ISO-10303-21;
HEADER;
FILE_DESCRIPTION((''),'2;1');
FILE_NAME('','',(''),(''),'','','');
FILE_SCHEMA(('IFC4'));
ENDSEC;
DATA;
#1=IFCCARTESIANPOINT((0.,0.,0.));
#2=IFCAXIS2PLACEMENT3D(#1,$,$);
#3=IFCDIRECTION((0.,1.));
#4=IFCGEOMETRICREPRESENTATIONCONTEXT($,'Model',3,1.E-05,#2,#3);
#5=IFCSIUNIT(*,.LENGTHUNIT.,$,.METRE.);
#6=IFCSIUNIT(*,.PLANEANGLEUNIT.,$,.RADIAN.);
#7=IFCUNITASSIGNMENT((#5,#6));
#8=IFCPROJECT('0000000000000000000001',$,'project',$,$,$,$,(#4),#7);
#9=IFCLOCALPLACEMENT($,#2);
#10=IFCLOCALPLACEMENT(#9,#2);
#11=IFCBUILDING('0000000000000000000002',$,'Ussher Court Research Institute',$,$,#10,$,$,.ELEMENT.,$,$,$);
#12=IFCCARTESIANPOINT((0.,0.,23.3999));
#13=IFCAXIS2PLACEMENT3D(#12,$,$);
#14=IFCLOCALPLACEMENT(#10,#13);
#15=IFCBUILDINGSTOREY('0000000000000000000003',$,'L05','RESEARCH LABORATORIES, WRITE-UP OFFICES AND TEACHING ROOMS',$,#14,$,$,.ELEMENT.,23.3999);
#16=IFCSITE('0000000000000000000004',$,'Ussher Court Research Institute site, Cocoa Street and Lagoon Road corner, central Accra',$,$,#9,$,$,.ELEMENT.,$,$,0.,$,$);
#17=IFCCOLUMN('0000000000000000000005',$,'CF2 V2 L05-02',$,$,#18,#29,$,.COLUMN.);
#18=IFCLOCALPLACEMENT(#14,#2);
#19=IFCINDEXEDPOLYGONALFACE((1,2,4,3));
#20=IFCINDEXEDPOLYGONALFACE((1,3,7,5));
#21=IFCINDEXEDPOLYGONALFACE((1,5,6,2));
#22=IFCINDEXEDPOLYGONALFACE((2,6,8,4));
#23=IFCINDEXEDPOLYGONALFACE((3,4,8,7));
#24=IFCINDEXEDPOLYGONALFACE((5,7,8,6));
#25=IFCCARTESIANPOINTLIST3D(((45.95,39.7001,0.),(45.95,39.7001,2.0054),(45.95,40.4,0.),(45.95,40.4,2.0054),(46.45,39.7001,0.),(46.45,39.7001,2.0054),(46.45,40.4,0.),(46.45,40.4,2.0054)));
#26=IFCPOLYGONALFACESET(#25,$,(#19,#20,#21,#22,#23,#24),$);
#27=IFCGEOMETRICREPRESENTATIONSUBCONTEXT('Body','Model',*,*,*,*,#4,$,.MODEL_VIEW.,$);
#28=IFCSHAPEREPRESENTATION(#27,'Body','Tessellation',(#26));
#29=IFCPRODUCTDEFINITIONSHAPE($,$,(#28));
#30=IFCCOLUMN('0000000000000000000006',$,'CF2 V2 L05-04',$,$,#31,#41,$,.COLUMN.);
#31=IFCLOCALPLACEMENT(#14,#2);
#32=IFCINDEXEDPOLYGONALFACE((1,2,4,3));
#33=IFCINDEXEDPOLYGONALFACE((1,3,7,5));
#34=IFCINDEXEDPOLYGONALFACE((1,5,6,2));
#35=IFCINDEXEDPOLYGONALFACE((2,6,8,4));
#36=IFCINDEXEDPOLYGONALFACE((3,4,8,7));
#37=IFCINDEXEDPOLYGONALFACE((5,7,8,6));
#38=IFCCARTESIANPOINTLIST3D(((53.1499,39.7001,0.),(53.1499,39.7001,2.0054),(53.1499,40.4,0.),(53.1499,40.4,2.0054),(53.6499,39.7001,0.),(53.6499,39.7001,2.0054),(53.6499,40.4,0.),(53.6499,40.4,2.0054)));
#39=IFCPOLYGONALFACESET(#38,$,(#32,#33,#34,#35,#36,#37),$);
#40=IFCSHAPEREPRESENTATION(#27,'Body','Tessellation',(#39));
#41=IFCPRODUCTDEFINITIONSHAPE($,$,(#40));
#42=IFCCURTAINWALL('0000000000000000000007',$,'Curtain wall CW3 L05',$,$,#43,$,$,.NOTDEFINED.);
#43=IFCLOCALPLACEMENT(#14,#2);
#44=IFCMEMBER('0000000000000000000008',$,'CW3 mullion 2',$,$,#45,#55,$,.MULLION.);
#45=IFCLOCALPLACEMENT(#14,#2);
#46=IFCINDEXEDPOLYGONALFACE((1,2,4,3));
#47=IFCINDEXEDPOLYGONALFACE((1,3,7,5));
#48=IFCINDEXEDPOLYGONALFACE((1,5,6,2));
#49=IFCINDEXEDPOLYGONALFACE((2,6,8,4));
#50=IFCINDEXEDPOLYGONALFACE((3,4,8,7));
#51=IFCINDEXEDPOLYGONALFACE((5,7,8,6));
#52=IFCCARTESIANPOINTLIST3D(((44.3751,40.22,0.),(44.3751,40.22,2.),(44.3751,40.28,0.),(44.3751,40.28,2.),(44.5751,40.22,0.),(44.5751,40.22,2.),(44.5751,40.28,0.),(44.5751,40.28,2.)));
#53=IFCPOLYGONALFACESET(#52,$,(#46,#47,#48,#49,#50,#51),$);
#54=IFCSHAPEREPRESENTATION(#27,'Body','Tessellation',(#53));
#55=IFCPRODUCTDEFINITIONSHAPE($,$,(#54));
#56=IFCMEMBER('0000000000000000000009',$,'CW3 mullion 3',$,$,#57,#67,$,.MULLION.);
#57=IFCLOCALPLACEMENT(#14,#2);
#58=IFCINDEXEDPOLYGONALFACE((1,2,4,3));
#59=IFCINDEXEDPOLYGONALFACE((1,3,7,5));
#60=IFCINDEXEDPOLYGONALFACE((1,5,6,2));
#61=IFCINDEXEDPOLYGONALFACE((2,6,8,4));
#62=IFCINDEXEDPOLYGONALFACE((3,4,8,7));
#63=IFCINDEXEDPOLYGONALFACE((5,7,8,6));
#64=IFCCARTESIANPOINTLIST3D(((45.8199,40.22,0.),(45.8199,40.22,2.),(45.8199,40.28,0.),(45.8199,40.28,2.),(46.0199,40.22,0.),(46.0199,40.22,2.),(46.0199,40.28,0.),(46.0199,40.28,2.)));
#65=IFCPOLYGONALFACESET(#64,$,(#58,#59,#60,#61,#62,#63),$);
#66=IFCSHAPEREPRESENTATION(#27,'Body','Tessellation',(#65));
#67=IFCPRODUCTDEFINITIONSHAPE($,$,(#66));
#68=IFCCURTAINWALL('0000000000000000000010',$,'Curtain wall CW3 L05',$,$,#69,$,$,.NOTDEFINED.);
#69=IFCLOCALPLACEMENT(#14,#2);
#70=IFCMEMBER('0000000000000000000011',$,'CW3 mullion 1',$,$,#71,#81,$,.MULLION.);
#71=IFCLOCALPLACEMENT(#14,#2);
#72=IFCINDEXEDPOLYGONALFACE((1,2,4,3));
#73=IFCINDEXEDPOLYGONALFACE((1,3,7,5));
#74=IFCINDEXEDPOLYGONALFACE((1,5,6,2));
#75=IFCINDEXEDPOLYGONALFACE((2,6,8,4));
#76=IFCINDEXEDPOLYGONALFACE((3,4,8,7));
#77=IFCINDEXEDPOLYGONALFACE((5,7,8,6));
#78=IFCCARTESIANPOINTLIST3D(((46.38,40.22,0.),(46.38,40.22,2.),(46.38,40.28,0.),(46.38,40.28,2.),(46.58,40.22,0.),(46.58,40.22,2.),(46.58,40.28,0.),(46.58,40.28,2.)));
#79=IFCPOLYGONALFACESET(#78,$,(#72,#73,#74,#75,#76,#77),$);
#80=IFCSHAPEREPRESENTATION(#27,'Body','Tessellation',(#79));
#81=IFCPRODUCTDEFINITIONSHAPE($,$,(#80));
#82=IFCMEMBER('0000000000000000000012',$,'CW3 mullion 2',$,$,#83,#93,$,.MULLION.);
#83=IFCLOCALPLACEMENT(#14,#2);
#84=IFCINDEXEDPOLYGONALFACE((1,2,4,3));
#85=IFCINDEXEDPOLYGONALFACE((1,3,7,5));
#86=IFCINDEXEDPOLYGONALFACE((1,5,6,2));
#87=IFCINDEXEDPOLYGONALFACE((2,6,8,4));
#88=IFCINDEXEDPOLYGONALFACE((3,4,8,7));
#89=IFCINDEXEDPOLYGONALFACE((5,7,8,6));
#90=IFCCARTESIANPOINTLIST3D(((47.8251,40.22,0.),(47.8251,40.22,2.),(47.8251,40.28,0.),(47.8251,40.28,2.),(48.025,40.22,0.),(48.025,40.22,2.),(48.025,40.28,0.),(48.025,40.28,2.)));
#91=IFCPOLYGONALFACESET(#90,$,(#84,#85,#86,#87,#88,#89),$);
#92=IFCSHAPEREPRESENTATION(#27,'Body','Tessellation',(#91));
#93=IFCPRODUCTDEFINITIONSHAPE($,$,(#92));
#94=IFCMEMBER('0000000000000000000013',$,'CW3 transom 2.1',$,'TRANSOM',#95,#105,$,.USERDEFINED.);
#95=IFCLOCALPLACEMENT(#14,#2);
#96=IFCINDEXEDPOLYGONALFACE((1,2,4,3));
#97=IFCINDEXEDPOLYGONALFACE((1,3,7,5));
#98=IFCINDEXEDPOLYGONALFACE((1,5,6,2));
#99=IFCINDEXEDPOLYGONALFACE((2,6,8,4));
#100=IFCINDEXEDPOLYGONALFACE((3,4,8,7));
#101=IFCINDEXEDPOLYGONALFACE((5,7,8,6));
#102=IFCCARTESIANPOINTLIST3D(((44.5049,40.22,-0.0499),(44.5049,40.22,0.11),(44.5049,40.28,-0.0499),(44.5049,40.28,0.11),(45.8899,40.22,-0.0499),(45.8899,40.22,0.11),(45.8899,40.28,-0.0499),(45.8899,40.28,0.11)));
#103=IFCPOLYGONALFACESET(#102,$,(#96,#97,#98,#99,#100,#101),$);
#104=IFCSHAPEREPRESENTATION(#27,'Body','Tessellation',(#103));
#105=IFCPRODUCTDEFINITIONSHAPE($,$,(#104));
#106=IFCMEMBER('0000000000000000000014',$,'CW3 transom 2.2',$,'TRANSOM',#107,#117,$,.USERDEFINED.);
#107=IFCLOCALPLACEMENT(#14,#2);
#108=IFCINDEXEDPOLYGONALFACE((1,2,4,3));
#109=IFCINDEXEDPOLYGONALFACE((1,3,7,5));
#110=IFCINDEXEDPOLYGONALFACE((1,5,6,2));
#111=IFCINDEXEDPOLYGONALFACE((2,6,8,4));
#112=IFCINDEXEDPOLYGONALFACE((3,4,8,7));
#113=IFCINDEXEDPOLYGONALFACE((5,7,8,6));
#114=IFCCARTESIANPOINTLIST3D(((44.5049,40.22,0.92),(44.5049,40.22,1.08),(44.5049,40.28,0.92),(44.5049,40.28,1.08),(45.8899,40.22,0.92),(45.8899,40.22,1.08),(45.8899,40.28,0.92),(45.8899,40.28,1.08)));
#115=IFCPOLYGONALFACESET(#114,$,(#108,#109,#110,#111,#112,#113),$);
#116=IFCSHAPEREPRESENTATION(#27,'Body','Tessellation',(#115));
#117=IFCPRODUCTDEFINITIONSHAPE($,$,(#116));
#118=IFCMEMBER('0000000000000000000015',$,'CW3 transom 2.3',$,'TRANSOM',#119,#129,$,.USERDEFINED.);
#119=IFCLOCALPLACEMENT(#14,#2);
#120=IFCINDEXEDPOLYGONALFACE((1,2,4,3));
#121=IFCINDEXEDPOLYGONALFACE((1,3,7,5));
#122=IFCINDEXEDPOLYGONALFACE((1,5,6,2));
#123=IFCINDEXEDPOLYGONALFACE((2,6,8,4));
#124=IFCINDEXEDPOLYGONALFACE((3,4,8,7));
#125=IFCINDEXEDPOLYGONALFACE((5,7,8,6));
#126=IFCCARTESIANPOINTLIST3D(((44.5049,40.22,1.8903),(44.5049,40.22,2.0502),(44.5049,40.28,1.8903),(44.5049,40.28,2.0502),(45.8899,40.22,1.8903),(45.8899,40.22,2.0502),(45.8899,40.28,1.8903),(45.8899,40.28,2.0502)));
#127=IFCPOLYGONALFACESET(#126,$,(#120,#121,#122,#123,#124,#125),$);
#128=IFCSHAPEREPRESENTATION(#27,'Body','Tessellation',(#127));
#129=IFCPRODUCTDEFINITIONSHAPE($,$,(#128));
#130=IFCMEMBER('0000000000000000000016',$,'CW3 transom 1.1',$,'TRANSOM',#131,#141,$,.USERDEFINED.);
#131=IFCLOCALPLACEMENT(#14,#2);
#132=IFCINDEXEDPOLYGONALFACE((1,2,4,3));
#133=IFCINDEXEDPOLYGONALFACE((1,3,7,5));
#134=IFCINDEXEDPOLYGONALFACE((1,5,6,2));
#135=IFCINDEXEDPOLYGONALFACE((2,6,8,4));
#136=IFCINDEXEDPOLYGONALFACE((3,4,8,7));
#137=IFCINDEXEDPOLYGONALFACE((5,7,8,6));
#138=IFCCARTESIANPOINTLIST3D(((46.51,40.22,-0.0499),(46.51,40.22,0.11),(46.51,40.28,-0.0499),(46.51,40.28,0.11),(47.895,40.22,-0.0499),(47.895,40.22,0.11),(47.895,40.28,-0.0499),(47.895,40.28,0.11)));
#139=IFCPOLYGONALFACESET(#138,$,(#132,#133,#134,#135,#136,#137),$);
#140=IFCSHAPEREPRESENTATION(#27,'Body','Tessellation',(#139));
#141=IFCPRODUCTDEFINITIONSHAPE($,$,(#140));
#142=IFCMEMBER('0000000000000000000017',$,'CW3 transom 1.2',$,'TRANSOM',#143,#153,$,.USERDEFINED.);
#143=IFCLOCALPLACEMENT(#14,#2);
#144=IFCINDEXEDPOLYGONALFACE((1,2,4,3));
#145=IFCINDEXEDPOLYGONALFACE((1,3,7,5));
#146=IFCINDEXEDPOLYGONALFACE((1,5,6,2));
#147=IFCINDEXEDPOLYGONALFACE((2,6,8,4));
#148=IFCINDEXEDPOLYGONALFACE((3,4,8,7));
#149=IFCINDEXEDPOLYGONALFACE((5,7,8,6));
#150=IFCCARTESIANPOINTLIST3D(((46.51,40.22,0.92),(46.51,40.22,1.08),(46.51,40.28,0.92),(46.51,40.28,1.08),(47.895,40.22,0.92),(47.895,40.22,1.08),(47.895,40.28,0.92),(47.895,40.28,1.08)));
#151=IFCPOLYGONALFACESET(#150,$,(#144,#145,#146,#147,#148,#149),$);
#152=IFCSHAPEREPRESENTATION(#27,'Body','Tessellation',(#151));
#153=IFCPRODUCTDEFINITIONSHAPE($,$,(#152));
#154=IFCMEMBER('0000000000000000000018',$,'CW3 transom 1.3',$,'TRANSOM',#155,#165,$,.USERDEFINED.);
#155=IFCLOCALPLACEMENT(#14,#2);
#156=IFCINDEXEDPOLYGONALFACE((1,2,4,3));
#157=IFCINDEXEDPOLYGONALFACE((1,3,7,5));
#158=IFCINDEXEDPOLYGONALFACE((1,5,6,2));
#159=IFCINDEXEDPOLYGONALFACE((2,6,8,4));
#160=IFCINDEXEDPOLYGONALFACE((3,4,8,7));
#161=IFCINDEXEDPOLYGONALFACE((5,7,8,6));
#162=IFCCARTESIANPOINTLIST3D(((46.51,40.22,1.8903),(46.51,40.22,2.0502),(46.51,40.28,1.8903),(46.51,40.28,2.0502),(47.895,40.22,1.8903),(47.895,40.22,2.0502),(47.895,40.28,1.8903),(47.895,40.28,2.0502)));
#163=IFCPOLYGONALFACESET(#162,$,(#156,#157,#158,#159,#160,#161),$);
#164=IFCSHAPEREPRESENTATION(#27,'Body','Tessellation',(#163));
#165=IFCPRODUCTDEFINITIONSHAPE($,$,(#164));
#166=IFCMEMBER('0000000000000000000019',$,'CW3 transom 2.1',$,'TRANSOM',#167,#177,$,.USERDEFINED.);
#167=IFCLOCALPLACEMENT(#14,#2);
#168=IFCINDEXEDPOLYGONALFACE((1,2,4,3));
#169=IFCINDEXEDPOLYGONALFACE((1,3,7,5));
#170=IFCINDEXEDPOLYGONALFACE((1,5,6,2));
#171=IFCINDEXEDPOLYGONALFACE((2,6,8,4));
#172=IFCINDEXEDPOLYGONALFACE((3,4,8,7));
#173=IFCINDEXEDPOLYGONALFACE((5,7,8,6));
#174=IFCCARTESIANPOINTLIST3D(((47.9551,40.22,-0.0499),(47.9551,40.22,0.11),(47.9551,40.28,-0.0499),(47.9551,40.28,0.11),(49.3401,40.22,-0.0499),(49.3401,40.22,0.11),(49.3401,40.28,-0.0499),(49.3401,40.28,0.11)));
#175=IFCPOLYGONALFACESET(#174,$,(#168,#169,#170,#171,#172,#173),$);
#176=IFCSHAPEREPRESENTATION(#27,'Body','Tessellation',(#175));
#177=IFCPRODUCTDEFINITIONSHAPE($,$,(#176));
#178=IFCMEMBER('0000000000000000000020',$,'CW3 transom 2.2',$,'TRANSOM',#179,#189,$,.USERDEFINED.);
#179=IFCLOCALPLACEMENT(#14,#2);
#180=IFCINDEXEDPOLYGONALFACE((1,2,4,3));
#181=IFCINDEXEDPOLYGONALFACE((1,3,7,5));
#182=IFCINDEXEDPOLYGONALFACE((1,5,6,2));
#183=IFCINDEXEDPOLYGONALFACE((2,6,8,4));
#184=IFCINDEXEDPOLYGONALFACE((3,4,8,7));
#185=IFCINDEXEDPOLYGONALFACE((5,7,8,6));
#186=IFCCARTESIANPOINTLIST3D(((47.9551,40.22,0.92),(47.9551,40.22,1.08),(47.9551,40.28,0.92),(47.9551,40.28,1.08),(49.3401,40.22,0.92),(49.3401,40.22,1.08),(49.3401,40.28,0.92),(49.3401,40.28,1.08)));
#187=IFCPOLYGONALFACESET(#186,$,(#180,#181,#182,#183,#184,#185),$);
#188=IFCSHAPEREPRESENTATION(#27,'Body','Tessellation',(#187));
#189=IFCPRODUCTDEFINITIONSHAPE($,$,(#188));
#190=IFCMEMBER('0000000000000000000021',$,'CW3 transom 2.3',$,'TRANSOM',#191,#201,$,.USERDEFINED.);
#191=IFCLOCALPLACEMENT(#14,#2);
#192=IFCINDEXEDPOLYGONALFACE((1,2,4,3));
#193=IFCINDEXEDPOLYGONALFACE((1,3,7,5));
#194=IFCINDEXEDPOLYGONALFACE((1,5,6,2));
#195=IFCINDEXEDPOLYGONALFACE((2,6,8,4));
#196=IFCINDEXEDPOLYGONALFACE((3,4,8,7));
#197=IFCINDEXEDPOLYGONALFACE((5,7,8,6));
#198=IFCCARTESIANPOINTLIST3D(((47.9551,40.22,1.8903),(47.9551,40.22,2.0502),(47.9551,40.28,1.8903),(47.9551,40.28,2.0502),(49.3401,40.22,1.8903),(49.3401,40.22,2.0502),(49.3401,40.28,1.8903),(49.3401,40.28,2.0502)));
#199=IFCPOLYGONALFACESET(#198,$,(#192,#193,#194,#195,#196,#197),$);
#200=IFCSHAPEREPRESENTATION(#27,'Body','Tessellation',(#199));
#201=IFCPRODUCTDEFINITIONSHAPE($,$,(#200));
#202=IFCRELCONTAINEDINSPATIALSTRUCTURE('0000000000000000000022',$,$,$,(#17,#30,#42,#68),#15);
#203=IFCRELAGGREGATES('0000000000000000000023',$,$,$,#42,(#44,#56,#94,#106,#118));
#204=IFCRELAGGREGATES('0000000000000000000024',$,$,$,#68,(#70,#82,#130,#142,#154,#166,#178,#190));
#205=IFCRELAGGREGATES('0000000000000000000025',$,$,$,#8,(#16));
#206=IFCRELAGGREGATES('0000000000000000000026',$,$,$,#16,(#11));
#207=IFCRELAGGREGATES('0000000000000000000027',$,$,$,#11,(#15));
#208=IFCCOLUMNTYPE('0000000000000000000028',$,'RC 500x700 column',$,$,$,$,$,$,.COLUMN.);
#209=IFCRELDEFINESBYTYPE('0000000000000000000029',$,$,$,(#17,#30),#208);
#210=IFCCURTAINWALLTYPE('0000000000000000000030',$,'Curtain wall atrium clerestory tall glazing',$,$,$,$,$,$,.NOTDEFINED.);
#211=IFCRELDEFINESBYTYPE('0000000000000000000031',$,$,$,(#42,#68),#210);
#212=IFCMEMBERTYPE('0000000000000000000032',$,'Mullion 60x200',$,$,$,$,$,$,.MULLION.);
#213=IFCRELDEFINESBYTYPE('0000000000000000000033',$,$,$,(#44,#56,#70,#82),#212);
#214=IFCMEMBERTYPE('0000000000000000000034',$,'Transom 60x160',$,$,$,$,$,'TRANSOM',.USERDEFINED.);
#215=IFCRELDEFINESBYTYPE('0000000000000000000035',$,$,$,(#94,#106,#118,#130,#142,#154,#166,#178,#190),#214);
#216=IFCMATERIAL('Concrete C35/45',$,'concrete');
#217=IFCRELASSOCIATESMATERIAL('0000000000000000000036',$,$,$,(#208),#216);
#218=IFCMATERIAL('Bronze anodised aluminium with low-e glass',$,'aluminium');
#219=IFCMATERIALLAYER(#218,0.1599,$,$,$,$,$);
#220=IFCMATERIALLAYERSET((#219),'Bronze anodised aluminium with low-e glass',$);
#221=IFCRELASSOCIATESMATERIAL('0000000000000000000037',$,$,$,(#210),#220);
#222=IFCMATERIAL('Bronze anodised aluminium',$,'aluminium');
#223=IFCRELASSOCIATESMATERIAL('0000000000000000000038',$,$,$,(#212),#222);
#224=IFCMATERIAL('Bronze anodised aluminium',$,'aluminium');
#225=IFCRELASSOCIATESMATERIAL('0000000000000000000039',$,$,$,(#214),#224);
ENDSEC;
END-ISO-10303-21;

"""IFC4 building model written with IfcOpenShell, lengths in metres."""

from ifc_helpers import new_model, si_unit, direction, frame, origin, origin_2d, place, context, subcontext, project, spatial, rectangle, extrude, material, layer, layer_set, material_profile, profile_set, type_object, element, aggregate, save


model = new_model("IFC4")

# Units and contexts
model_context = context("Model", 3, precision=1e-05, world=origin(), true_north=direction((0.0, 1.0)))
body_context = subcontext(model_context, "Body", "Model", "MODEL_VIEW")
ifc_project = project(units=[si_unit("LENGTHUNIT", "METRE"), si_unit("PLANEANGLEUNIT", "RADIAN")], contexts=[model_context])

# Site, building, storey
site_placement = place(None, origin())
site = spatial("IfcSite", under=ifc_project, at=site_placement, Name="Ussher Court Research Institute site, Cocoa Street and Lagoon Road corner, central Accra", CompositionType="ELEMENT", RefElevation=0.0)
building_placement = place(site_placement, origin())
building = spatial("IfcBuilding", under=site, at=building_placement, Name="Ussher Court Research Institute", CompositionType="ELEMENT")
storey_placement = place(building_placement, frame((0.0, 0.0, 23.3999)))
storey = spatial("IfcBuildingStorey", under=building, at=storey_placement, Name="L05", Description="RESEARCH LABORATORIES, WRITE-UP OFFICES AND TEACHING ROOMS", CompositionType="ELEMENT", Elevation=23.3999)

# Columns
ifc_material_1 = material(Name="Concrete C35/45", Category="concrete")
ifc_material_profile_1 = material_profile(ifc_material_1, rectangle(XDim=0.5, YDim=0.7, at=origin_2d()), Name="RC 500x700")
ifc_profile_set_1 = profile_set([ifc_material_profile_1], Name="Concrete C35/45")
column_type = type_object("IfcColumnType", Name="RC 500x700 column", PredefinedType="COLUMN", material=ifc_profile_set_1)
for number, where, z_axis, x_axis, name in (
    (1, (46.2, 40.05, 0.0), (0.0, 0.0, 1.0), (1.0, 0.0, 0.0), "CF2 V2 L05-02"),
    (2, (53.3999, 40.05, 0.0), (0.0, 0.0, 1.0), (1.0, 0.0, 0.0), "CF2 V2 L05-04"),
):
    element("IfcColumn", number, at=place(storey_placement, frame(where, z_axis=z_axis, x_axis=x_axis)), inside=storey, type_object=column_type, Name=name, PredefinedType="COLUMN", context=body_context, shape_type="SweptSolid", body=[
        extrude(rectangle(XDim=0.5, YDim=0.7, at=origin_2d()), origin(), (0.0, 0.0, 1.0), 2.0054),
    ])

# Curtain walls, members
ifc_material_2 = material(Name="Bronze anodised aluminium with low-e glass", Category="aluminium")
ifc_layer_1 = layer(ifc_material_2, 0.1599)
ifc_layer_set_1 = layer_set([ifc_layer_1], Name="Bronze anodised aluminium with low-e glass")
curtain_wall_type = type_object("IfcCurtainWallType", Name="Curtain wall atrium clerestory tall glazing", PredefinedType="NOTDEFINED", material=ifc_layer_set_1)
curtain_wall_1_placement = place(storey_placement, origin())
curtain_wall_1 = element("IfcCurtainWall", 3, at=curtain_wall_1_placement, inside=storey, type_object=curtain_wall_type, Name="Curtain wall CW3 L05", PredefinedType="NOTDEFINED")
ifc_material_3 = material(Name="Bronze anodised aluminium", Category="aluminium")
ifc_material_profile_2 = material_profile(ifc_material_3, rectangle(XDim=0.0601, YDim=0.2, at=origin_2d()), Name="Mullion 60x200")
ifc_profile_set_2 = profile_set([ifc_material_profile_2], Name="Bronze anodised aluminium")
member_type_1 = type_object("IfcMemberType", Name="Mullion 60x200", PredefinedType="MULLION", material=ifc_profile_set_2)
member_1_placement = place(storey_placement, frame((44.4751, 40.25, 0.0), z_axis=(0.0, 0.0, 1.0), x_axis=(0.0, 1.0, 0.0)))
member_1 = element("IfcMember", 4, at=member_1_placement, type_object=member_type_1, Name="CW3 mullion 2", PredefinedType="MULLION", context=body_context, shape_type="SweptSolid", body=[
    extrude(rectangle(XDim=0.0601, YDim=0.2, at=origin_2d()), origin(), (0.0, 0.0, 1.0), 2.0),
])
member_2_placement = place(storey_placement, frame((45.9199, 40.25, 0.0), z_axis=(0.0, 0.0, 1.0), x_axis=(0.0, 1.0, 0.0)))
member_2 = element("IfcMember", 5, at=member_2_placement, type_object=member_type_1, Name="CW3 mullion 3", PredefinedType="MULLION", context=body_context, shape_type="SweptSolid", body=[
    extrude(rectangle(XDim=0.0601, YDim=0.2, at=origin_2d()), origin(), (0.0, 0.0, 1.0), 2.0),
])
curtain_wall_2_placement = place(storey_placement, origin())
curtain_wall_2 = element("IfcCurtainWall", 6, at=curtain_wall_2_placement, inside=storey, type_object=curtain_wall_type, Name="Curtain wall CW3 L05", PredefinedType="NOTDEFINED")
member_3_placement = place(storey_placement, frame((46.48, 40.25, 0.0), z_axis=(0.0, 0.0, 1.0), x_axis=(0.0, 1.0, 0.0)))
member_3 = element("IfcMember", 7, at=member_3_placement, type_object=member_type_1, Name="CW3 mullion 1", PredefinedType="MULLION", context=body_context, shape_type="SweptSolid", body=[
    extrude(rectangle(XDim=0.0601, YDim=0.2, at=origin_2d()), origin(), (0.0, 0.0, 1.0), 2.0),
])
member_4_placement = place(storey_placement, frame((47.925, 40.25, 0.0), z_axis=(0.0, 0.0, 1.0), x_axis=(0.0, 1.0, 0.0)))
member_4 = element("IfcMember", 8, at=member_4_placement, type_object=member_type_1, Name="CW3 mullion 2", PredefinedType="MULLION", context=body_context, shape_type="SweptSolid", body=[
    extrude(rectangle(XDim=0.0601, YDim=0.2, at=origin_2d()), origin(), (0.0, 0.0, 1.0), 2.0),
])

# Members
ifc_material_4 = material(Name="Bronze anodised aluminium", Category="aluminium")
ifc_material_profile_3 = material_profile(ifc_material_4, rectangle(XDim=0.0601, YDim=0.1599, at=origin_2d()), Name="Transom 60x160")
ifc_profile_set_3 = profile_set([ifc_material_profile_3], Name="Bronze anodised aluminium")
member_type_2 = type_object("IfcMemberType", Name="Transom 60x160", ElementType="TRANSOM", PredefinedType="USERDEFINED", material=ifc_profile_set_3)
member_5_placement = place(storey_placement, frame((44.5049, 40.25, 0.03), z_axis=(1.0, 0.0, 0.0), x_axis=(0.0, 1.0, 0.0)))
member_5 = element("IfcMember", 9, at=member_5_placement, type_object=member_type_2, Name="CW3 transom 2.1", ObjectType="TRANSOM", PredefinedType="USERDEFINED", context=body_context, shape_type="SweptSolid", body=[
    extrude(rectangle(XDim=0.0601, YDim=0.1599, at=origin_2d()), origin(), (0.0, 0.0, 1.0), 1.385),
])
member_6_placement = place(storey_placement, frame((44.5049, 40.25, 1.0), z_axis=(1.0, 0.0, 0.0), x_axis=(0.0, 1.0, 0.0)))
member_6 = element("IfcMember", 10, at=member_6_placement, type_object=member_type_2, Name="CW3 transom 2.2", ObjectType="TRANSOM", PredefinedType="USERDEFINED", context=body_context, shape_type="SweptSolid", body=[
    extrude(rectangle(XDim=0.0601, YDim=0.1599, at=origin_2d()), origin(), (0.0, 0.0, 1.0), 1.385),
])
member_7_placement = place(storey_placement, frame((44.5049, 40.25, 1.9702), z_axis=(1.0, 0.0, 0.0), x_axis=(0.0, 1.0, 0.0)))
member_7 = element("IfcMember", 11, at=member_7_placement, type_object=member_type_2, Name="CW3 transom 2.3", ObjectType="TRANSOM", PredefinedType="USERDEFINED", context=body_context, shape_type="SweptSolid", body=[
    extrude(rectangle(XDim=0.0601, YDim=0.1599, at=origin_2d()), origin(), (0.0, 0.0, 1.0), 1.385),
])
member_8_placement = place(storey_placement, frame((46.51, 40.25, 0.03), z_axis=(1.0, 0.0, 0.0), x_axis=(0.0, 1.0, 0.0)))
member_8 = element("IfcMember", 12, at=member_8_placement, type_object=member_type_2, Name="CW3 transom 1.1", ObjectType="TRANSOM", PredefinedType="USERDEFINED", context=body_context, shape_type="SweptSolid", body=[
    extrude(rectangle(XDim=0.0601, YDim=0.1599, at=origin_2d()), origin(), (0.0, 0.0, 1.0), 1.385),
])
member_9_placement = place(storey_placement, frame((46.51, 40.25, 1.0), z_axis=(1.0, 0.0, 0.0), x_axis=(0.0, 1.0, 0.0)))
member_9 = element("IfcMember", 13, at=member_9_placement, type_object=member_type_2, Name="CW3 transom 1.2", ObjectType="TRANSOM", PredefinedType="USERDEFINED", context=body_context, shape_type="SweptSolid", body=[
    extrude(rectangle(XDim=0.0601, YDim=0.1599, at=origin_2d()), origin(), (0.0, 0.0, 1.0), 1.385),
])
member_10_placement = place(storey_placement, frame((46.51, 40.25, 1.9702), z_axis=(1.0, 0.0, 0.0), x_axis=(0.0, 1.0, 0.0)))
member_10 = element("IfcMember", 14, at=member_10_placement, type_object=member_type_2, Name="CW3 transom 1.3", ObjectType="TRANSOM", PredefinedType="USERDEFINED", context=body_context, shape_type="SweptSolid", body=[
    extrude(rectangle(XDim=0.0601, YDim=0.1599, at=origin_2d()), origin(), (0.0, 0.0, 1.0), 1.385),
])
member_11_placement = place(storey_placement, frame((47.9551, 40.25, 0.03), z_axis=(1.0, 0.0, 0.0), x_axis=(0.0, 1.0, 0.0)))
member_11 = element("IfcMember", 15, at=member_11_placement, type_object=member_type_2, Name="CW3 transom 2.1", ObjectType="TRANSOM", PredefinedType="USERDEFINED", context=body_context, shape_type="SweptSolid", body=[
    extrude(rectangle(XDim=0.0601, YDim=0.1599, at=origin_2d()), origin(), (0.0, 0.0, 1.0), 1.385),
])
member_12_placement = place(storey_placement, frame((47.9551, 40.25, 1.0), z_axis=(1.0, 0.0, 0.0), x_axis=(0.0, 1.0, 0.0)))
member_12 = element("IfcMember", 16, at=member_12_placement, type_object=member_type_2, Name="CW3 transom 2.2", ObjectType="TRANSOM", PredefinedType="USERDEFINED", context=body_context, shape_type="SweptSolid", body=[
    extrude(rectangle(XDim=0.0601, YDim=0.1599, at=origin_2d()), origin(), (0.0, 0.0, 1.0), 1.385),
])
member_13_placement = place(storey_placement, frame((47.9551, 40.25, 1.9702), z_axis=(1.0, 0.0, 0.0), x_axis=(0.0, 1.0, 0.0)))
member_13 = element("IfcMember", 17, at=member_13_placement, type_object=member_type_2, Name="CW3 transom 2.3", ObjectType="TRANSOM", PredefinedType="USERDEFINED", context=body_context, shape_type="SweptSolid", body=[
    extrude(rectangle(XDim=0.0601, YDim=0.1599, at=origin_2d()), origin(), (0.0, 0.0, 1.0), 1.385),
])

aggregate(curtain_wall_1, [member_1, member_2, member_5, member_6, member_7])
aggregate(curtain_wall_2, [member_3, member_4, member_8, member_9, member_10, member_11, member_12, member_13])

save(model, "model.ifc")
